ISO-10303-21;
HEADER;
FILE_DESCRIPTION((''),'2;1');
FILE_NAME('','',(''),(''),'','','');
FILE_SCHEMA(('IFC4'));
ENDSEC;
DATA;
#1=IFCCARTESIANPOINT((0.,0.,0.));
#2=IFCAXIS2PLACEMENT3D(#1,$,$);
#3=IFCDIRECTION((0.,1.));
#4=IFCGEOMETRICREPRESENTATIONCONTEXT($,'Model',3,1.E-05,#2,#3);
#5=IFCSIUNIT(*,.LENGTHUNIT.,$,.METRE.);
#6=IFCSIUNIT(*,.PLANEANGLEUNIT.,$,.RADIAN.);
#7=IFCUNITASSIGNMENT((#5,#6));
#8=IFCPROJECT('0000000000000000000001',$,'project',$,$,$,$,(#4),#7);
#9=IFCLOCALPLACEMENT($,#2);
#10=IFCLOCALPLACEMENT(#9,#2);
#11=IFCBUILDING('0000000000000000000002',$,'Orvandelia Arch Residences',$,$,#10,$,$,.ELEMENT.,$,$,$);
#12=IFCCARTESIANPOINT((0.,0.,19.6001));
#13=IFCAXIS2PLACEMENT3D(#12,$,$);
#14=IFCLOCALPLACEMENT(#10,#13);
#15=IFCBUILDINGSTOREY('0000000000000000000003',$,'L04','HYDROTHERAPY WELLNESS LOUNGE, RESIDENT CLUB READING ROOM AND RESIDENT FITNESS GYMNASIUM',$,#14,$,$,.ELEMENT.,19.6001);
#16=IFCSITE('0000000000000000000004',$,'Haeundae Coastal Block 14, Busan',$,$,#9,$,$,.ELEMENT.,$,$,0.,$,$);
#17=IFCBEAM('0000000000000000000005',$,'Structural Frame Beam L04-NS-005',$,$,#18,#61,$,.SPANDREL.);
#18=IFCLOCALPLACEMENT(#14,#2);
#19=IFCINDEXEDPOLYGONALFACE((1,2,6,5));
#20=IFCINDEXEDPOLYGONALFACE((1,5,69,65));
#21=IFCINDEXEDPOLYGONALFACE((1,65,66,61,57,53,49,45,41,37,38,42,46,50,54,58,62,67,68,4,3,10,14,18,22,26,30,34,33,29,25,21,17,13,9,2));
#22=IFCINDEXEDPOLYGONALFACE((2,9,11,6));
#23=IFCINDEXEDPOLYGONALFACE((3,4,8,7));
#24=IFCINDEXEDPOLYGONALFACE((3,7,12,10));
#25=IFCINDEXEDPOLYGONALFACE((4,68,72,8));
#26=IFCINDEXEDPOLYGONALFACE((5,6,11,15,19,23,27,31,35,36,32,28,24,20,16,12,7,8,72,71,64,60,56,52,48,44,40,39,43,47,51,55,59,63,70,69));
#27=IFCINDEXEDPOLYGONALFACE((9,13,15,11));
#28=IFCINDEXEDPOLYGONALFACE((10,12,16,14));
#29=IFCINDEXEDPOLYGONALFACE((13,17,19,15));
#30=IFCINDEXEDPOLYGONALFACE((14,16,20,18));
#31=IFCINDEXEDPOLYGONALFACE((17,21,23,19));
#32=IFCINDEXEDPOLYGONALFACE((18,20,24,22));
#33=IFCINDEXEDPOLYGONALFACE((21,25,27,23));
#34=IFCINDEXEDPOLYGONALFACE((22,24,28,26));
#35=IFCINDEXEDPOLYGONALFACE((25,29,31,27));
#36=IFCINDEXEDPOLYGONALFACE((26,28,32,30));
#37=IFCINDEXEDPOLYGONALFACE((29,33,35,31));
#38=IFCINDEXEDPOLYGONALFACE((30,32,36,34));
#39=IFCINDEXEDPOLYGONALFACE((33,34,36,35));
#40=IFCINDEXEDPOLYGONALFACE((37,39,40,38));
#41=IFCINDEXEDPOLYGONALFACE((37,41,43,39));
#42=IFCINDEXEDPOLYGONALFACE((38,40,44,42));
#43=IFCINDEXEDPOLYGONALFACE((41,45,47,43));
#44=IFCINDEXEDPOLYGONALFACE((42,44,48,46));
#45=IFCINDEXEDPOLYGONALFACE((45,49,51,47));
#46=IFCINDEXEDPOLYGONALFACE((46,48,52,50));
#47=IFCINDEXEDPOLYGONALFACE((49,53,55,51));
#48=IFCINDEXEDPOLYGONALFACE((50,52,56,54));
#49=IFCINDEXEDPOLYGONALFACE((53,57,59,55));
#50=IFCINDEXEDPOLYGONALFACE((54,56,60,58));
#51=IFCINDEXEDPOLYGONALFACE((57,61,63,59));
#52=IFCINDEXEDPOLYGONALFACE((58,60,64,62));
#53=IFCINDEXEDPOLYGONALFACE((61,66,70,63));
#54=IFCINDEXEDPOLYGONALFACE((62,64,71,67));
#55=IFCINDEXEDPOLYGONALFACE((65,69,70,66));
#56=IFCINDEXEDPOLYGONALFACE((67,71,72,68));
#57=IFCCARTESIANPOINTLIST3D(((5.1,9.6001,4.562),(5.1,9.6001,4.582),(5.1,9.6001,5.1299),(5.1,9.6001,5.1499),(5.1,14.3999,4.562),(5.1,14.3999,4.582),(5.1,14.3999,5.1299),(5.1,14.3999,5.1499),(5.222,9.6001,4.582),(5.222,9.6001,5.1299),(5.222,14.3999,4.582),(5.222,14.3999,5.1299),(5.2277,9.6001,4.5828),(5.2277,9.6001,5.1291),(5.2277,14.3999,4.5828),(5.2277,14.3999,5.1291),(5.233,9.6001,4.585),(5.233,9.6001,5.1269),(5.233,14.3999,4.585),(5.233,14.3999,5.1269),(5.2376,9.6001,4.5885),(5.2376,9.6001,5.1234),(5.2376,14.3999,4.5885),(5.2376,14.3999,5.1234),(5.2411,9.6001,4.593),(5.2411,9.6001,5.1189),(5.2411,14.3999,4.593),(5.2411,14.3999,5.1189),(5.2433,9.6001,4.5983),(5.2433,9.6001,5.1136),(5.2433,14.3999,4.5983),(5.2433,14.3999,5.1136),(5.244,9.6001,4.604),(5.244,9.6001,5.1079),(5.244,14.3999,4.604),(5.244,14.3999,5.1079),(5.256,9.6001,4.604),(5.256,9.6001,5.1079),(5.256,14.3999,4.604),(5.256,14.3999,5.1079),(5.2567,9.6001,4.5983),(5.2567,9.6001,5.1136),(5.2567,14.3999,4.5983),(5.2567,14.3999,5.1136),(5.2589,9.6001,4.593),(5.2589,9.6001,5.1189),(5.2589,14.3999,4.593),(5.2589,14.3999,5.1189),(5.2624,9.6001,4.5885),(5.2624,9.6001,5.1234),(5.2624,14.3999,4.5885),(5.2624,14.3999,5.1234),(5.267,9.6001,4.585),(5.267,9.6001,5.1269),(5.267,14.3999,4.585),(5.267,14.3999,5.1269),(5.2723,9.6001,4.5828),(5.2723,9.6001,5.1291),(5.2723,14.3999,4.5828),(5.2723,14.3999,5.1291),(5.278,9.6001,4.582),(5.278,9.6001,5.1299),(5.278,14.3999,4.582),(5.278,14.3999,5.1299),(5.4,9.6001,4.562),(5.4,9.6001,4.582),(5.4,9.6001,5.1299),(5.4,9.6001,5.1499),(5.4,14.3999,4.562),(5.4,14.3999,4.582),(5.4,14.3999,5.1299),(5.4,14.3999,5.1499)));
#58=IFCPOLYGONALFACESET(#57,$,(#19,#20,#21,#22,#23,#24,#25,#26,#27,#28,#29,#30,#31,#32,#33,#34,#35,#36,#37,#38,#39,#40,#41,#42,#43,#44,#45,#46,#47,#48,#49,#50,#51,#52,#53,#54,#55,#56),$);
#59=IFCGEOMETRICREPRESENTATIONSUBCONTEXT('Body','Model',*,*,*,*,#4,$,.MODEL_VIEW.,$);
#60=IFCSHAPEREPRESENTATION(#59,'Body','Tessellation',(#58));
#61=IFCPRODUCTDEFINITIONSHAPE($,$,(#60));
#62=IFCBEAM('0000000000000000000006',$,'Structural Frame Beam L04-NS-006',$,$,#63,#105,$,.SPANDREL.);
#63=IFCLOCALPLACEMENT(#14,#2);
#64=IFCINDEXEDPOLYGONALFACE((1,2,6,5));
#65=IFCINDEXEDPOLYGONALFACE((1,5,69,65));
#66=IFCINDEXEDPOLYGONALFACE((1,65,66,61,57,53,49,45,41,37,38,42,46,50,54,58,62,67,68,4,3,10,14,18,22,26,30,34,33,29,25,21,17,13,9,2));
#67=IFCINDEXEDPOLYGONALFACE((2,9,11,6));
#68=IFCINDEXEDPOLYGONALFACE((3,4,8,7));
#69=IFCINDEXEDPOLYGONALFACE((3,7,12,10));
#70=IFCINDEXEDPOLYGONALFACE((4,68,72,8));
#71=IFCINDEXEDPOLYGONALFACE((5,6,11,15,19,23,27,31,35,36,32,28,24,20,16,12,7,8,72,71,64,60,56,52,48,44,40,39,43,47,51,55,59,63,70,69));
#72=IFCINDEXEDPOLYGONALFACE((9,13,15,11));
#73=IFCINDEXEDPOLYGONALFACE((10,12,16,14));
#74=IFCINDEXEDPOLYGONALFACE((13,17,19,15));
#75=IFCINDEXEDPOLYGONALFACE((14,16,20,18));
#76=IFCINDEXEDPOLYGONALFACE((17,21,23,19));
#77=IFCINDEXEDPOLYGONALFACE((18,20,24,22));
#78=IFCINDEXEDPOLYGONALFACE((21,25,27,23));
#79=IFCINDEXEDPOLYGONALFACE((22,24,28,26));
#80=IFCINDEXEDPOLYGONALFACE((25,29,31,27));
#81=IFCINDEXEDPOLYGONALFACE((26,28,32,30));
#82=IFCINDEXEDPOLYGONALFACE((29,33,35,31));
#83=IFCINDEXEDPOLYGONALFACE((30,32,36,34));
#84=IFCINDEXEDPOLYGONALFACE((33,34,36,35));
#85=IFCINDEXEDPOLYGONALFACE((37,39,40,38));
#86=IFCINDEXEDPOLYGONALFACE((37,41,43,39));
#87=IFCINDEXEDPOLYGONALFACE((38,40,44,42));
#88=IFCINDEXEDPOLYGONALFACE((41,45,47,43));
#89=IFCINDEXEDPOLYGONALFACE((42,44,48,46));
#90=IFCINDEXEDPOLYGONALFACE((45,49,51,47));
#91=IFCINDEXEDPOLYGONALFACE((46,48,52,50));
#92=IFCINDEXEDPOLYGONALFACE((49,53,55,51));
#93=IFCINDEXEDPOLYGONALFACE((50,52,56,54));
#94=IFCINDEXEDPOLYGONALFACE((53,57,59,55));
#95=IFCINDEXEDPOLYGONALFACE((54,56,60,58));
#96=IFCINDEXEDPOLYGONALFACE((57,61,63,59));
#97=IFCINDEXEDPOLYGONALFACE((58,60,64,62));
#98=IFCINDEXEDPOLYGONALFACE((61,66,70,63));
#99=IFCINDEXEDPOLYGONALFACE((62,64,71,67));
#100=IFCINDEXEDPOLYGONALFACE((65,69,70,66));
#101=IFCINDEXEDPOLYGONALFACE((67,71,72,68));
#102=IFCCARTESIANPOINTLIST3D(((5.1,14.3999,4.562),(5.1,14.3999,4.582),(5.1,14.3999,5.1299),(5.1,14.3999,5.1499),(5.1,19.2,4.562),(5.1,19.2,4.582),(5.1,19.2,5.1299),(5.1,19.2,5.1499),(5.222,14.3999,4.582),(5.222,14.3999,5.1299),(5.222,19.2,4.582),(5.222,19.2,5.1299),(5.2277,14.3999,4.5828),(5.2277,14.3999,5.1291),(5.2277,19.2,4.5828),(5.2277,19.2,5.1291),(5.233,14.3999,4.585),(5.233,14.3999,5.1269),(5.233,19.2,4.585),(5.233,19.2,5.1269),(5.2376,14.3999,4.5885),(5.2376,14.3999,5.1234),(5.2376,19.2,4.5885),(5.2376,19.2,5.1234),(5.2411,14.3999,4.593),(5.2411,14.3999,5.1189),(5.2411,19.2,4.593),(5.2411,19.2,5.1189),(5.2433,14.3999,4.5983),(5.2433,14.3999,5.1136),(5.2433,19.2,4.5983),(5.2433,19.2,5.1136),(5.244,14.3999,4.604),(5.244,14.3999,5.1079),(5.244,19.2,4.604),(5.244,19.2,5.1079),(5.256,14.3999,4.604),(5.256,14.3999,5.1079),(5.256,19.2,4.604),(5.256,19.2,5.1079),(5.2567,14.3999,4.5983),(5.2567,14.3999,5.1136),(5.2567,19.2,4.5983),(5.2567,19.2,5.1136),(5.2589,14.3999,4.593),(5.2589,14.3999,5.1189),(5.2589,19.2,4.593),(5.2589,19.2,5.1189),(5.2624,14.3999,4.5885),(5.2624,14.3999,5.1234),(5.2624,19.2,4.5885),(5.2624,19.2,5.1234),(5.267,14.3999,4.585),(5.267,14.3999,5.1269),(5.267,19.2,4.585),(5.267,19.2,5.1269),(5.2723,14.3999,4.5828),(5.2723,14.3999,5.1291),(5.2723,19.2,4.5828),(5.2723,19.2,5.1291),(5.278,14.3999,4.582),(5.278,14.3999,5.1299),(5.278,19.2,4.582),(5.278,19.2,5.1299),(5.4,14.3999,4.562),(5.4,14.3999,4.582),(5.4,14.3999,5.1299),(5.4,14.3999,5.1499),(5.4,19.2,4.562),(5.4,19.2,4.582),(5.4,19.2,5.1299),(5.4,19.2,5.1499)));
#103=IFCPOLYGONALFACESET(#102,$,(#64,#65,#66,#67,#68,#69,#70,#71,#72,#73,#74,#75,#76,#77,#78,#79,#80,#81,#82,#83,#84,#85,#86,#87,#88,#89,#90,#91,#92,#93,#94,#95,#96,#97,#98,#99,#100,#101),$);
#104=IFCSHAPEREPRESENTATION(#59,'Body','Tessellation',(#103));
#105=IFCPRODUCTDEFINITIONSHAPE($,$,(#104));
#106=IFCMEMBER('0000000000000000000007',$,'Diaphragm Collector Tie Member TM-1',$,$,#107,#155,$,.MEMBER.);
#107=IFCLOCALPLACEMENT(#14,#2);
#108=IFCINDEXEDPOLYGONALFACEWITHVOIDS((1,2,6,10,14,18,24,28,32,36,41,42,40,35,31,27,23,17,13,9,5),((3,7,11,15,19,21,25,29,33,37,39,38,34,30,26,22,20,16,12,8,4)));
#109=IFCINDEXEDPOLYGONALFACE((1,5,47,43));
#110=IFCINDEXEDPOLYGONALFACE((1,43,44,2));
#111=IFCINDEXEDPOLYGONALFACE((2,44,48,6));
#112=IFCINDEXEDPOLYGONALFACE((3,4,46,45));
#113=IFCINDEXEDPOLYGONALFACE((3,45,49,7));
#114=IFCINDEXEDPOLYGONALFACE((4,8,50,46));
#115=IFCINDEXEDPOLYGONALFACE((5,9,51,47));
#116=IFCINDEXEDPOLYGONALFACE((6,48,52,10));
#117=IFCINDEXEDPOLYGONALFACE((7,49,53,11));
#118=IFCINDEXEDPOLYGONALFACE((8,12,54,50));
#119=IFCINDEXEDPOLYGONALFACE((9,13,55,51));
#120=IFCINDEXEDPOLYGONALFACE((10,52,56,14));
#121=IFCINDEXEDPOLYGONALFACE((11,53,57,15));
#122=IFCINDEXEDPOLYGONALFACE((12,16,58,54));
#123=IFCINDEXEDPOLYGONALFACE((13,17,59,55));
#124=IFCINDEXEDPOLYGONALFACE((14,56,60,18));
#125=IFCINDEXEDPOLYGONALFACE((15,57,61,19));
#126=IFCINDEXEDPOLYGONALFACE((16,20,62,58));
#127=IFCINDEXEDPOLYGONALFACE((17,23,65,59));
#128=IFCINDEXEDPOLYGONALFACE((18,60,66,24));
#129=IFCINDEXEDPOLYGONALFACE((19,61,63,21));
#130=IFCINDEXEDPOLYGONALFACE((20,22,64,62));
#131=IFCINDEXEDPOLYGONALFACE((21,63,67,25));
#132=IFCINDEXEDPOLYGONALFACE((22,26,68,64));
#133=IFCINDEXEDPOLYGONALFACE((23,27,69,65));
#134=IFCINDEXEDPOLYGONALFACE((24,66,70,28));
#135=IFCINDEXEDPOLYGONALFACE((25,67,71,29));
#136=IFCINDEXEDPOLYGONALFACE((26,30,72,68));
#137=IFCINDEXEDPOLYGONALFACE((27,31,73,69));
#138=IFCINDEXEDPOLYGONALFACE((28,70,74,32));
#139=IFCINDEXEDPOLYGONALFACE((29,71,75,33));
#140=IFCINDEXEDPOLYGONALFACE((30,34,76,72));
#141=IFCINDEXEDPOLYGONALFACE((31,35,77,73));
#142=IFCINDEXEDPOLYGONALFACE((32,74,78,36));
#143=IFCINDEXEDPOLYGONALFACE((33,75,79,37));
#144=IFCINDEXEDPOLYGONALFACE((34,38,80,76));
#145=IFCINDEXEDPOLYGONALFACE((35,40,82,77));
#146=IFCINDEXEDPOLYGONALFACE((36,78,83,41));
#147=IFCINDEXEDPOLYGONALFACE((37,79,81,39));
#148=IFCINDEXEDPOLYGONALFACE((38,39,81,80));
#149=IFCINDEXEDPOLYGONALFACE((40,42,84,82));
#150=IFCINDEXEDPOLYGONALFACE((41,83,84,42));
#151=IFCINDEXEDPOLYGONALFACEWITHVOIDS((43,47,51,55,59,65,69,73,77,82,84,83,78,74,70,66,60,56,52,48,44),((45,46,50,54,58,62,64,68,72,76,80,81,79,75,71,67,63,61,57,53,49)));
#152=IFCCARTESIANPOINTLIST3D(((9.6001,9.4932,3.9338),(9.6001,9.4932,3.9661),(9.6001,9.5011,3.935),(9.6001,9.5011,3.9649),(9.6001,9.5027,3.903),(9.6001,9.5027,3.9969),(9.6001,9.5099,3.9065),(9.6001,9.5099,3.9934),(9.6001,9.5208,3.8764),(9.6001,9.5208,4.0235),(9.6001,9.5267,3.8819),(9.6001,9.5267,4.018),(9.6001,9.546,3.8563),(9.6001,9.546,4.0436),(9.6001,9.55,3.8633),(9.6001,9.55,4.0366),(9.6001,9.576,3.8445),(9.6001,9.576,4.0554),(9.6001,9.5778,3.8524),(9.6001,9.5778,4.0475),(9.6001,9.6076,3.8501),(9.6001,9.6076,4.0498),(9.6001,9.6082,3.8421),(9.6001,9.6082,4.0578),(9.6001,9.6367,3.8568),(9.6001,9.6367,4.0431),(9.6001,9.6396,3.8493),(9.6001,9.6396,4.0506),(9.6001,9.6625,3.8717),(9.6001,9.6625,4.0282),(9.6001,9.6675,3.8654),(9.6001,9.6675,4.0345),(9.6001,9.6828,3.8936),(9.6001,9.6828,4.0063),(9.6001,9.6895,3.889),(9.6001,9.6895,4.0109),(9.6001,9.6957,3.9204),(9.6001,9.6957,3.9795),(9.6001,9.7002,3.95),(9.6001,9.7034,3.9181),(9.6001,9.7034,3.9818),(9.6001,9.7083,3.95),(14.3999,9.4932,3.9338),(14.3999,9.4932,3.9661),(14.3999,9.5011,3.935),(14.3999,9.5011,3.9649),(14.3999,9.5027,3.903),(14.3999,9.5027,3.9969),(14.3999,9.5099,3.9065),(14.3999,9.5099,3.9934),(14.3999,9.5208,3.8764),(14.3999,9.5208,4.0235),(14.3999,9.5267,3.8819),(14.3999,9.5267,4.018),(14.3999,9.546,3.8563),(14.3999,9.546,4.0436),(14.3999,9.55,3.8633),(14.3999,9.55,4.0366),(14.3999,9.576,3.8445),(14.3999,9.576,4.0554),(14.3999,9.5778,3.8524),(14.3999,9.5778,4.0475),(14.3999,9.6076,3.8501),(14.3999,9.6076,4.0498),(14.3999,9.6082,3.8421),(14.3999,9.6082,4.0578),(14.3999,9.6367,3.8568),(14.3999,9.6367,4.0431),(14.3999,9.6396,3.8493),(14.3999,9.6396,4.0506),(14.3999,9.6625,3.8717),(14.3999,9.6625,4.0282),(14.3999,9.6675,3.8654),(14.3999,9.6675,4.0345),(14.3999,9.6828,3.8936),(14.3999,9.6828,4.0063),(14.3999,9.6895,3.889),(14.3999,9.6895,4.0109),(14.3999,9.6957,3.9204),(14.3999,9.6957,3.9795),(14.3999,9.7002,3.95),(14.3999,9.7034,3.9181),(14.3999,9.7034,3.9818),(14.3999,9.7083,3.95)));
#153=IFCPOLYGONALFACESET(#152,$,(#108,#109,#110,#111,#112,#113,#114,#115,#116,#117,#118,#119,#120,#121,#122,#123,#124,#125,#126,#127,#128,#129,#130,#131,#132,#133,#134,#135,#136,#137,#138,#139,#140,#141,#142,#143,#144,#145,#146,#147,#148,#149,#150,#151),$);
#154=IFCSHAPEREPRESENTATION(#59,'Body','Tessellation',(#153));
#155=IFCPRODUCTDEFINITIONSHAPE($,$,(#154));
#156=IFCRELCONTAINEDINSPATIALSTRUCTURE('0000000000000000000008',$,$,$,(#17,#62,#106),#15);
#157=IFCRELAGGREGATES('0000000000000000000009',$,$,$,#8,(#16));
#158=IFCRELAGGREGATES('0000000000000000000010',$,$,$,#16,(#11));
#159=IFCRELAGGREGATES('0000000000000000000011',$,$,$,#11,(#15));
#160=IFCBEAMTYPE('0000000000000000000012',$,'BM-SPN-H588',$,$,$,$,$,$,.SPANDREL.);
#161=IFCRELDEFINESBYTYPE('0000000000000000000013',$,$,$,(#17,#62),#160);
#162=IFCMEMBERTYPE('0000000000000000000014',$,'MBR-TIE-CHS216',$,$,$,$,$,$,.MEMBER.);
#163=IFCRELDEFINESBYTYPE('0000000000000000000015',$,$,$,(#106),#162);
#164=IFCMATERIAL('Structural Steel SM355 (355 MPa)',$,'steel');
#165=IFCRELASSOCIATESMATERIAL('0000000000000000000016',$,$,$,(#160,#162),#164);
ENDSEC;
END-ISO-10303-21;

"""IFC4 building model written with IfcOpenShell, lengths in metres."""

from ifc_helpers import new_model, si_unit, direction, frame, origin, origin_2d, place, context, subcontext, project, spatial, hollow_circle, i_section, extrude, material, material_profile, profile_set, type_object, element, save


model = new_model("IFC4")

# Units and contexts
model_context = context("Model", 3, precision=1e-05, world=origin(), true_north=direction((0.0, 1.0)))
body_context = subcontext(model_context, "Body", "Model", "MODEL_VIEW")
ifc_project = project(units=[si_unit("LENGTHUNIT", "METRE"), si_unit("PLANEANGLEUNIT", "RADIAN")], contexts=[model_context])

# Site, building, storey
site_placement = place(None, origin())
site = spatial("IfcSite", under=ifc_project, at=site_placement, Name="Haeundae Coastal Block 14, Busan", CompositionType="ELEMENT", RefElevation=0.0)
building_placement = place(site_placement, origin())
building = spatial("IfcBuilding", under=site, at=building_placement, Name="Orvandelia Arch Residences", CompositionType="ELEMENT")
storey_placement = place(building_placement, frame((0.0, 0.0, 19.6001)))
storey = spatial("IfcBuildingStorey", under=building, at=storey_placement, Name="L04", Description="HYDROTHERAPY WELLNESS LOUNGE, RESIDENT CLUB READING ROOM AND RESIDENT FITNESS GYMNASIUM", CompositionType="ELEMENT", Elevation=19.6001)

# Beams
ifc_material_1 = material(Name="Structural Steel SM355 (355 MPa)", Category="steel")
ifc_material_profile_1 = material_profile(ifc_material_1, i_section(OverallWidth=0.3, OverallDepth=0.5879, WebThickness=0.012, FlangeThickness=0.02, FilletRadius=0.022, at=origin_2d()), Name="Structural Steel SM355 (355 MPa)", Category="steel")
ifc_profile_set_1 = profile_set([ifc_material_profile_1], Name="Structural Steel SM355 (355 MPa)")
beam_type_1 = type_object("IfcBeamType", Name="BM-SPN-H588", PredefinedType="SPANDREL", material=ifc_profile_set_1)
beam_1_placement = place(storey_placement, frame((5.25, 9.6001, 4.856), z_axis=(0.0, 1.0, 0.0), x_axis=(-1.0, 0.0, 0.0)))
element("IfcBeam", 1, at=beam_1_placement, inside=storey, type_object=beam_type_1, Name="Structural Frame Beam L04-NS-005", PredefinedType="SPANDREL", context=body_context, shape_type="SweptSolid", body=[
    extrude(i_section(OverallWidth=0.3, OverallDepth=0.5879, WebThickness=0.012, FlangeThickness=0.02, FilletRadius=0.022, at=origin_2d()), origin(), (0.0, 0.0, 1.0), 4.7998),
])
beam_2_placement = place(storey_placement, frame((5.25, 14.3999, 4.856), z_axis=(0.0, 1.0, 0.0), x_axis=(-1.0, 0.0, 0.0)))
element("IfcBeam", 2, at=beam_2_placement, inside=storey, type_object=beam_type_1, Name="Structural Frame Beam L04-NS-006", PredefinedType="SPANDREL", context=body_context, shape_type="SweptSolid", body=[
    extrude(i_section(OverallWidth=0.3, OverallDepth=0.5879, WebThickness=0.012, FlangeThickness=0.02, FilletRadius=0.022, at=origin_2d()), origin(), (0.0, 0.0, 1.0), 4.8),
])

# Member
ifc_material_profile_2 = material_profile(ifc_material_1, hollow_circle(Radius=0.1082, WallThickness=0.0081, at=origin_2d()), Name="Structural Steel SM355 (355 MPa)", Category="steel")
ifc_profile_set_2 = profile_set([ifc_material_profile_2], Name="Structural Steel SM355 (355 MPa)")
member_type = type_object("IfcMemberType", Name="MBR-TIE-CHS216", PredefinedType="MEMBER", material=ifc_profile_set_2)
member_1_placement = place(storey_placement, frame((9.6001, 9.6001, 3.95), z_axis=(1.0, 0.0, 0.0), x_axis=(0.0, 1.0, 0.0)))
element("IfcMember", 3, at=member_1_placement, inside=storey, type_object=member_type, Name="Diaphragm Collector Tie Member TM-1", PredefinedType="MEMBER", context=body_context, shape_type="SweptSolid", body=[
    extrude(hollow_circle(Radius=0.1082, WallThickness=0.0081, at=origin_2d()), origin(), (0.0, 0.0, 1.0), 4.7998),
])

save(model, "model.ifc")
